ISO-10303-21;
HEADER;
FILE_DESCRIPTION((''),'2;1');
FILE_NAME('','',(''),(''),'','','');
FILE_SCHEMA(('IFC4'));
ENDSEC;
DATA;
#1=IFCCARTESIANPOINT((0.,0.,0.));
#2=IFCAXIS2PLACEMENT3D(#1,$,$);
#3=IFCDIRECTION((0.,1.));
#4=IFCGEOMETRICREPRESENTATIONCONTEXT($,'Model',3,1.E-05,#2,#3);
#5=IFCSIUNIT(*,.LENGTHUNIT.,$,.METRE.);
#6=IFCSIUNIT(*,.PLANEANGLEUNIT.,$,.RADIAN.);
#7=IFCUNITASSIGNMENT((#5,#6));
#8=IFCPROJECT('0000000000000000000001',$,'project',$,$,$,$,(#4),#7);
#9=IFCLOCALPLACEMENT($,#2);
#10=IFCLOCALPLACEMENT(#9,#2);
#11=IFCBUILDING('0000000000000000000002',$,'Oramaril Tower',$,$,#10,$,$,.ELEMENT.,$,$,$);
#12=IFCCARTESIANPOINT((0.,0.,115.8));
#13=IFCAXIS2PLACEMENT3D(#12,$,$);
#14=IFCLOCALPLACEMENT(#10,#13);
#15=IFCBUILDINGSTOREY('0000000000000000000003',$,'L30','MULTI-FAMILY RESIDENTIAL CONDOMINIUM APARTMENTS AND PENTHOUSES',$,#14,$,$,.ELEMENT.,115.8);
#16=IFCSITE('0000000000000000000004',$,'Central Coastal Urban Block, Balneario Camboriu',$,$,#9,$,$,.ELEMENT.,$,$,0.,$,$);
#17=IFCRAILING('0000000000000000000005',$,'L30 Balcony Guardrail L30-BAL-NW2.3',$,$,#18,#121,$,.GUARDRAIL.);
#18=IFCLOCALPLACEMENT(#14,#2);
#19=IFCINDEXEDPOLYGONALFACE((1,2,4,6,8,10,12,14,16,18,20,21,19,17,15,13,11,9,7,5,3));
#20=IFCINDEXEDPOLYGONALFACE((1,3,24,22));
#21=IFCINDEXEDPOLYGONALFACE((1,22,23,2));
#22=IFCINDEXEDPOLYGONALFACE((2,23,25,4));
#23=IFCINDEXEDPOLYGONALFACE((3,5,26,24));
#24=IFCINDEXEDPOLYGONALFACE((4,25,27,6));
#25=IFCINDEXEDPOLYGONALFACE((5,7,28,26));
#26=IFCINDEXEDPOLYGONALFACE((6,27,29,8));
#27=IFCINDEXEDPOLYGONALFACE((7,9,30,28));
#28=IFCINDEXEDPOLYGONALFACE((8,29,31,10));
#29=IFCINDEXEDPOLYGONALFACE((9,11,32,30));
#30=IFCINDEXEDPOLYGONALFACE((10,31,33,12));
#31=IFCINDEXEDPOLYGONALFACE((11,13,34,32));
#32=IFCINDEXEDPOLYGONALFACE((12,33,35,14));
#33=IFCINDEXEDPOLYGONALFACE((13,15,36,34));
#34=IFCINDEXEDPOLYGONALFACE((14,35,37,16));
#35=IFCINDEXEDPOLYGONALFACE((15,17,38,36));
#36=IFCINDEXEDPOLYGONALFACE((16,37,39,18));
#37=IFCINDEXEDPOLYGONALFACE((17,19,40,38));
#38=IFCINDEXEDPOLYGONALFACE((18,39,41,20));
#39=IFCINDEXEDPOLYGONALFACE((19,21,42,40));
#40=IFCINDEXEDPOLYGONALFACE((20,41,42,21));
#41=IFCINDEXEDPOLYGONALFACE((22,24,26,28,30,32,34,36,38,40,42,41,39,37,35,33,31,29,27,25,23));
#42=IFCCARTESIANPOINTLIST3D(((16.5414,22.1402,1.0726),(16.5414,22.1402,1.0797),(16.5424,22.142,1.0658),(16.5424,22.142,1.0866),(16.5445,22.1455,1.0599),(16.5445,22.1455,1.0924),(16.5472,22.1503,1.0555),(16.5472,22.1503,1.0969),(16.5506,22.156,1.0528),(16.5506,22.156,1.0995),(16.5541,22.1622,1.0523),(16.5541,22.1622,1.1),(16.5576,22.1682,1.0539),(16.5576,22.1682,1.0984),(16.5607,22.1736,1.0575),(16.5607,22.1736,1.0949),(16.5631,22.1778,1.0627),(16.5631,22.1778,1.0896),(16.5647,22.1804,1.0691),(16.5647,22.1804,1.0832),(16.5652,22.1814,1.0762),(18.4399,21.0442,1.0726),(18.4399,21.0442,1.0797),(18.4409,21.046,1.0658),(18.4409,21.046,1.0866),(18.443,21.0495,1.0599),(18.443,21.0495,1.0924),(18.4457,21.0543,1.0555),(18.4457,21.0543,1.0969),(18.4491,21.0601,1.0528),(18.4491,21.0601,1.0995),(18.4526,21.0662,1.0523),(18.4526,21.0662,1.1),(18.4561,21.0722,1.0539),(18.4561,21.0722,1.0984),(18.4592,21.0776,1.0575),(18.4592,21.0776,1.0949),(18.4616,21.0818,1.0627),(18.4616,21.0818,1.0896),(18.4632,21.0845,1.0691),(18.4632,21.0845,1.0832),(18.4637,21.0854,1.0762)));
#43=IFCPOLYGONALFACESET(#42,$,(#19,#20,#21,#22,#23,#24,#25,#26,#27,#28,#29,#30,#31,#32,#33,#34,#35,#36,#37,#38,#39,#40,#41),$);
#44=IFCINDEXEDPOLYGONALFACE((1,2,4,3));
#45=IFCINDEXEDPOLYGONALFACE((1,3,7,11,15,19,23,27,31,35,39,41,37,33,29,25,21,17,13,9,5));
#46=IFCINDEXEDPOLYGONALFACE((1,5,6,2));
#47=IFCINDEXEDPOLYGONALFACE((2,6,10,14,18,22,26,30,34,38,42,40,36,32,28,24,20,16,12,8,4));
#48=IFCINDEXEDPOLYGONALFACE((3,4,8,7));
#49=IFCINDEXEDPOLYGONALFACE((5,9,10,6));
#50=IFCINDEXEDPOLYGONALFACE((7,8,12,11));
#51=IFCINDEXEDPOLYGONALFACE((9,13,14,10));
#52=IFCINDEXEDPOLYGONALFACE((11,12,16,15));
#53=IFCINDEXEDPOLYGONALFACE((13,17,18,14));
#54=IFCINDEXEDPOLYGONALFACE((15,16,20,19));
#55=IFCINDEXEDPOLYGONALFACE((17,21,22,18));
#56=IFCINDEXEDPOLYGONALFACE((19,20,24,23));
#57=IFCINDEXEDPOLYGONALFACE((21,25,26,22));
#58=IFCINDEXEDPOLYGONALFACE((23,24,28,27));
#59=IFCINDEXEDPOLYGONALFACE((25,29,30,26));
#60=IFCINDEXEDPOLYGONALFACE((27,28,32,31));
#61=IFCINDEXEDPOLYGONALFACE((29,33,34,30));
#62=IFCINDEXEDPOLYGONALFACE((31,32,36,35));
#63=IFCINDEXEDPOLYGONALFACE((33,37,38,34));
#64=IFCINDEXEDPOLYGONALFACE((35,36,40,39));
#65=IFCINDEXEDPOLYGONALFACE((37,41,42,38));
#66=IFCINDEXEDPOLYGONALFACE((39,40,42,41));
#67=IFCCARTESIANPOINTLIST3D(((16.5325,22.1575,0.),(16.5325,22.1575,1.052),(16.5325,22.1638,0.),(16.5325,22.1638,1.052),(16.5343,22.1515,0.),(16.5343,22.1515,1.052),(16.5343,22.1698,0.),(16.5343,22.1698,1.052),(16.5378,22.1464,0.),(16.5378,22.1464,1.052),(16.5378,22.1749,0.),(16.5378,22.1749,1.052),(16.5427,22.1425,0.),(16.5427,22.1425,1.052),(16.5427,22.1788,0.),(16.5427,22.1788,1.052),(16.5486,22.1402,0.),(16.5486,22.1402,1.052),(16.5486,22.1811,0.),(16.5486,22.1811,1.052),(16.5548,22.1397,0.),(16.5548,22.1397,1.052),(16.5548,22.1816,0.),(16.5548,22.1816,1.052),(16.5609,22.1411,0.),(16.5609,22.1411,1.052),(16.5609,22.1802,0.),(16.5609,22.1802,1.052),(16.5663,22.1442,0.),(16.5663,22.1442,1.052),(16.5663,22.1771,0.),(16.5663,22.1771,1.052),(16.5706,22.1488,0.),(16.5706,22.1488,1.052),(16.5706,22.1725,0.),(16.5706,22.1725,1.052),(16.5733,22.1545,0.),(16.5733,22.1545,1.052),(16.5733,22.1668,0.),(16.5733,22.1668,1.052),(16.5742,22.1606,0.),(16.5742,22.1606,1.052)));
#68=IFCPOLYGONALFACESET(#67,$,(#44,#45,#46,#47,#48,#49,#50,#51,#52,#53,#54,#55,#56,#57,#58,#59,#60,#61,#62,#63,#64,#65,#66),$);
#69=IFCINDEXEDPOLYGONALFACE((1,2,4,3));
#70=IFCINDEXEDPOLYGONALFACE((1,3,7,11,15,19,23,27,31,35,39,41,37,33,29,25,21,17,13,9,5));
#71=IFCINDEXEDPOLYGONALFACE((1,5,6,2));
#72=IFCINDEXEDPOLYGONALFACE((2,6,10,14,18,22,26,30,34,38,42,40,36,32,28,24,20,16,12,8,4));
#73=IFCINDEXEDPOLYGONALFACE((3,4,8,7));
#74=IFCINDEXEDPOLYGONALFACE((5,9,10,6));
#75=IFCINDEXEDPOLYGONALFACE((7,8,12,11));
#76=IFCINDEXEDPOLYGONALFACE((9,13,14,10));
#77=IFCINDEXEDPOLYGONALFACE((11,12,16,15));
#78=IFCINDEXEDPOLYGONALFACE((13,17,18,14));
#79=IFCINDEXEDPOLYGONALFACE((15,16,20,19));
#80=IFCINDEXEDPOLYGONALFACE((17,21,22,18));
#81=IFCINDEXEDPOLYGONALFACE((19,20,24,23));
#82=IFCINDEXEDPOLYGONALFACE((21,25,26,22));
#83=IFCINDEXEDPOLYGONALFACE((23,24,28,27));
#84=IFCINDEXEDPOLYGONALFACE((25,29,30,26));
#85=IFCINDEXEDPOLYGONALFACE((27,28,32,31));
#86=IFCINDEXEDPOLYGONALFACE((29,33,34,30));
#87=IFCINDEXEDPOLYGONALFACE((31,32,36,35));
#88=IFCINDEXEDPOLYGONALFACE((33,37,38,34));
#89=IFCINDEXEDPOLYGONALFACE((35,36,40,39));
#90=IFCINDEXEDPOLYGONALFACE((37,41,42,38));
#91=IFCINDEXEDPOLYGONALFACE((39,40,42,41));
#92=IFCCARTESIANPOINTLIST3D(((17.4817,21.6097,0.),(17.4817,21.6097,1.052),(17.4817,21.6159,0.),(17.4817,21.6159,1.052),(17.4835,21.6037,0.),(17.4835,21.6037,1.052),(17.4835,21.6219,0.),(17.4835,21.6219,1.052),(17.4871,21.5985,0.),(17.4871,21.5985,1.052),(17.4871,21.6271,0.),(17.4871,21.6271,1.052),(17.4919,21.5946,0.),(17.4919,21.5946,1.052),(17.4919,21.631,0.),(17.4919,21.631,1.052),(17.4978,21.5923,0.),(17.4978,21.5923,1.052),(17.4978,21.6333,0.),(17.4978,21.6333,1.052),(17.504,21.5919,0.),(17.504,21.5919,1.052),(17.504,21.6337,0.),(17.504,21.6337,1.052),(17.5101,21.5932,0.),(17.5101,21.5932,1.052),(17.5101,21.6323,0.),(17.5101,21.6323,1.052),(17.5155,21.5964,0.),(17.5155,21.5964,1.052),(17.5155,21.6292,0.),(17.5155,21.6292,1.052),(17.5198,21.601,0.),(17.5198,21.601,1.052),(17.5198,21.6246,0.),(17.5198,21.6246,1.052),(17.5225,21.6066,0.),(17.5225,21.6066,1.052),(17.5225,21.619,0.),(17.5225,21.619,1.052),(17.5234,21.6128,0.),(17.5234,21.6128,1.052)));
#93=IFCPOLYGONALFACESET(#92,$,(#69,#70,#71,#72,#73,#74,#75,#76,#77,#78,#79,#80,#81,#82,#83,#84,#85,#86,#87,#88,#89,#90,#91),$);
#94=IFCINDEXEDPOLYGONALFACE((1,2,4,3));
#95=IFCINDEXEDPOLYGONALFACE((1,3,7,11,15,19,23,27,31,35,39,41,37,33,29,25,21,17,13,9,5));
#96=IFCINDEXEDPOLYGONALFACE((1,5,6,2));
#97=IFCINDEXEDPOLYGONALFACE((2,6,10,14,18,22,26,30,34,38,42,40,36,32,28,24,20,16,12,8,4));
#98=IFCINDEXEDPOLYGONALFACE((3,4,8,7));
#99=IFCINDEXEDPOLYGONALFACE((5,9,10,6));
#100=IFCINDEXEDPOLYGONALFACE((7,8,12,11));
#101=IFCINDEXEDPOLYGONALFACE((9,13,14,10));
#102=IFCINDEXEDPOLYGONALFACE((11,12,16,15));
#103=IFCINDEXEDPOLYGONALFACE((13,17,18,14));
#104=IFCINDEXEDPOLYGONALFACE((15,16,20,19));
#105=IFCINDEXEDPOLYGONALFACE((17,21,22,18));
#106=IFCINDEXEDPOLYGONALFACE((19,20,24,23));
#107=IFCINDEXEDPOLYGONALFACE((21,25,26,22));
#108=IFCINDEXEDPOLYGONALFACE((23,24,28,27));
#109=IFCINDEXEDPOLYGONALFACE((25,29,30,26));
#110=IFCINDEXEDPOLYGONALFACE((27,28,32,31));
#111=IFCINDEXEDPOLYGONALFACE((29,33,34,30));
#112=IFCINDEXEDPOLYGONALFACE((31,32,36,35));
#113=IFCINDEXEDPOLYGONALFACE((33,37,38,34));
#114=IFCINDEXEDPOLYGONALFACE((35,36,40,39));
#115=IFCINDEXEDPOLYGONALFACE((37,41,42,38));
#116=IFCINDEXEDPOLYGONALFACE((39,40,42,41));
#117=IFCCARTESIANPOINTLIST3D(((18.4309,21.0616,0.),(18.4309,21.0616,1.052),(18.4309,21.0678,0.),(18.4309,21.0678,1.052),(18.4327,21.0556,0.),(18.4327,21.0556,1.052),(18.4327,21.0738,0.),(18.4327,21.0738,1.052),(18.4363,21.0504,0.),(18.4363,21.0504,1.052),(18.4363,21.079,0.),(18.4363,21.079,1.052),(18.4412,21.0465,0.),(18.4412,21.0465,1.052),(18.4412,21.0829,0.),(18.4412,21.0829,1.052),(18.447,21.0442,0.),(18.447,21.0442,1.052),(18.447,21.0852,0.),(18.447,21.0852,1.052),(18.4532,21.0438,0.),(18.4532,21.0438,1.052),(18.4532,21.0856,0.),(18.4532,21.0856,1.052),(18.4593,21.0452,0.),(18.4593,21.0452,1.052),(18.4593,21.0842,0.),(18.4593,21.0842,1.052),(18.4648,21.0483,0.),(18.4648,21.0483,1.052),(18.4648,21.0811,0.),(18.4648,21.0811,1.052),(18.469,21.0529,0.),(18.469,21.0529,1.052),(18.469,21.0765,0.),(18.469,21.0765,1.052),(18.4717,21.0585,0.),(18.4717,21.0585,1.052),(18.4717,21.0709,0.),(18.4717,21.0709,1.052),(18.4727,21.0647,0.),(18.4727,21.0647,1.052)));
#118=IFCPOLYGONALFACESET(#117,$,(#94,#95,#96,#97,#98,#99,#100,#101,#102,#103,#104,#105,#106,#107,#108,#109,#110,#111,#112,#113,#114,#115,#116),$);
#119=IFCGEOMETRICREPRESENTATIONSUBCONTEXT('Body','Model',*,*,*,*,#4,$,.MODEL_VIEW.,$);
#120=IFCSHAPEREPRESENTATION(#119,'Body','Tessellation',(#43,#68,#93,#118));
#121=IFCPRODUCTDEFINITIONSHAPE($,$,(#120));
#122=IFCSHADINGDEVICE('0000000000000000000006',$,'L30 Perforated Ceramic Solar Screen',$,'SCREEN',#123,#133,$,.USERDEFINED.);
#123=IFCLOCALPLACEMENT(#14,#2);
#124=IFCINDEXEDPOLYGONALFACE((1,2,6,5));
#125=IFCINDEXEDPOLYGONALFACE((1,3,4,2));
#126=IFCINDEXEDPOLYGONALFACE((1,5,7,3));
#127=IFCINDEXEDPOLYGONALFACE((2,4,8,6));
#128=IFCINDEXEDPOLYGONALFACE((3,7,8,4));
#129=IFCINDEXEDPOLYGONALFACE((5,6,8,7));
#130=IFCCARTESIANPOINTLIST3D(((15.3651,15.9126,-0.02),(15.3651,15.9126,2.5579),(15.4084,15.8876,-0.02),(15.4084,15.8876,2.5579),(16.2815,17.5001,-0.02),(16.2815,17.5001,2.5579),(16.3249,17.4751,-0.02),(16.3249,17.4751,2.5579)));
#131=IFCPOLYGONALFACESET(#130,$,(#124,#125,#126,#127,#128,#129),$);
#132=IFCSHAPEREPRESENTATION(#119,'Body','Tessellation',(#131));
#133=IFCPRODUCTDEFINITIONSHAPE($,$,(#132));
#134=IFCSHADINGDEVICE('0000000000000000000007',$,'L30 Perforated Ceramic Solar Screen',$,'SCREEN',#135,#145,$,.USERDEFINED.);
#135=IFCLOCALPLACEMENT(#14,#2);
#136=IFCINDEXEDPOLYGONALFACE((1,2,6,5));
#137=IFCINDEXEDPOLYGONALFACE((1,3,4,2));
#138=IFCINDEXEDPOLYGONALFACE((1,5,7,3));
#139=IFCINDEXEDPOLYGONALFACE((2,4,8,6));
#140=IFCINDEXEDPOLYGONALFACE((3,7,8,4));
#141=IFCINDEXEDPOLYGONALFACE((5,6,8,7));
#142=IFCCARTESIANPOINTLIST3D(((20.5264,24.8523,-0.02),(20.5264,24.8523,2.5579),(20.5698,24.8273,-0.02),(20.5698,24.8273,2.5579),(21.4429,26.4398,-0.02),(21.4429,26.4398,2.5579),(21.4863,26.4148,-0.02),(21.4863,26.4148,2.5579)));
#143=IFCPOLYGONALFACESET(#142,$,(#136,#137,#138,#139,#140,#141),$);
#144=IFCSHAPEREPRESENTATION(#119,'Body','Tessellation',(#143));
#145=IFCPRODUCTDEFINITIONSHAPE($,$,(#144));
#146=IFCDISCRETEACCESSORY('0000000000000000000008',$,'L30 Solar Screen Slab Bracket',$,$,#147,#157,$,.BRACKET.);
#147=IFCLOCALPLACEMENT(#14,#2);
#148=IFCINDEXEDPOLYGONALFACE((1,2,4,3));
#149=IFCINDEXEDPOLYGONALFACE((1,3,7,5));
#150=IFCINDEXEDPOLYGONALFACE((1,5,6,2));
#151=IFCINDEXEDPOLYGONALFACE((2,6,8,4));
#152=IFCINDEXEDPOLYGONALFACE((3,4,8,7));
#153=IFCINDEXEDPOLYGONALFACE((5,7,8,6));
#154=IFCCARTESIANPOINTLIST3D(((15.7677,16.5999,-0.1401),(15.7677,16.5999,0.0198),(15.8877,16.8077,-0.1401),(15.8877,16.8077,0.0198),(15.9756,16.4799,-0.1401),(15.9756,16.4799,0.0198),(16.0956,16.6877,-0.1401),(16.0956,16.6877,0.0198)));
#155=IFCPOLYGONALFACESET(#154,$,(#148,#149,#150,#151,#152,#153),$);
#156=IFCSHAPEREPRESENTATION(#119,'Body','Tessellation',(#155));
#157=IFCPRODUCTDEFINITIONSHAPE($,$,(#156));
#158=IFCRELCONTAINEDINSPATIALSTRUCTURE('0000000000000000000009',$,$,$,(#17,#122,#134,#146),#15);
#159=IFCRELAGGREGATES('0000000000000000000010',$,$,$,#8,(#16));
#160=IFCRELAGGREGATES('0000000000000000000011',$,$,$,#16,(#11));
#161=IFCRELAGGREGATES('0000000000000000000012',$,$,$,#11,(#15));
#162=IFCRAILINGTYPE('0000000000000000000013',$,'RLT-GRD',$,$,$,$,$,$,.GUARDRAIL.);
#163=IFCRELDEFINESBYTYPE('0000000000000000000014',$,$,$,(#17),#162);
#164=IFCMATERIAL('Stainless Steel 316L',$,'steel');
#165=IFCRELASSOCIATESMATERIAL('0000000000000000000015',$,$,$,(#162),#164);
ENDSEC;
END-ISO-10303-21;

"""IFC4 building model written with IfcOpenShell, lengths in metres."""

from ifc_helpers import new_model, si_unit, direction, frame, origin, origin_2d, place, context, subcontext, project, spatial, rectangle, circle, extrude, material, type_object, element, save


model = new_model("IFC4")

# Units and contexts
model_context = context("Model", 3, precision=1e-05, world=origin(), true_north=direction((0.0, 1.0)))
body_context = subcontext(model_context, "Body", "Model", "MODEL_VIEW")
ifc_project = project(units=[si_unit("LENGTHUNIT", "METRE"), si_unit("PLANEANGLEUNIT", "RADIAN")], contexts=[model_context])

# Site, building, storey
site_placement = place(None, origin())
site = spatial("IfcSite", under=ifc_project, at=site_placement, Name="Central Coastal Urban Block, Balneario Camboriu", CompositionType="ELEMENT", RefElevation=0.0)
building_placement = place(site_placement, origin())
building = spatial("IfcBuilding", under=site, at=building_placement, Name="Oramaril Tower", CompositionType="ELEMENT")
storey_placement = place(building_placement, frame((0.0, 0.0, 115.8)))
storey = spatial("IfcBuildingStorey", under=building, at=storey_placement, Name="L30", Description="MULTI-FAMILY RESIDENTIAL CONDOMINIUM APARTMENTS AND PENTHOUSES", CompositionType="ELEMENT", Elevation=115.8)

# Railing
ifc_material_1 = material(Name="Stainless Steel 316L", Category="steel")
railing_type = type_object("IfcRailingType", Name="RLT-GRD", PredefinedType="GUARDRAIL", material=ifc_material_1)
railing_1_placement = place(storey_placement, frame((16.5532, 22.1606, 0.0)))
element("IfcRailing", 1, at=railing_1_placement, inside=storey, type_object=railing_type, Name="L30 Balcony Guardrail L30-BAL-NW2.3", PredefinedType="GUARDRAIL", context=body_context, shape_type="SweptSolid", body=[
    extrude(circle(Radius=0.0239, at=origin_2d()), frame((0.0, 0.0, 1.0762), z_axis=(0.866048, -0.49996, 0.0), x_axis=(0.49996, 0.866048, 0.0)), (0.0, 0.0, 1.0), 2.1921),
    extrude(circle(Radius=0.021, at=origin_2d()), origin(), (0.0, 0.0, 1.0), 1.052),
    extrude(circle(Radius=0.021, at=origin_2d()), frame((0.9492, -0.5479, 0.0)), (0.0, 0.0, 1.0), 1.052),
    extrude(circle(Radius=0.021, at=origin_2d()), frame((1.8984, -1.0959, 0.0)), (0.0, 0.0, 1.0), 1.052),
])

# Shading devices
for number, where, z_axis, x_axis, name in (
    (2, (15.845, 16.6938, -0.02), (0.0, 0.0, 1.0), (-0.499995, -0.866028, 0.0), "L30 Perforated Ceramic Solar Screen"),
    (3, (21.0063, 25.6335, -0.02), (0.0, 0.0, 1.0), (-0.499995, -0.866028, 0.0), "L30 Perforated Ceramic Solar Screen"),
):
    element("IfcShadingDevice", number, at=place(storey_placement, frame(where, z_axis=z_axis, x_axis=x_axis)), inside=storey, Name=name, ObjectType="SCREEN", PredefinedType="USERDEFINED", context=body_context, shape_type="SweptSolid", body=[
        extrude(rectangle(XDim=1.833, YDim=0.05, at=origin_2d()), origin(), (0.0, 0.0, 1.0), 2.5779),
    ])

# Discrete accessory
discrete_accessory_placement = place(storey_placement, frame((15.9316, 16.6438, -0.1401), z_axis=(0.0, 0.0, 1.0), x_axis=(-0.499995, -0.866028, 0.0)))
element("IfcDiscreteAccessory", 4, at=discrete_accessory_placement, inside=storey, Name="L30 Solar Screen Slab Bracket", PredefinedType="BRACKET", context=body_context, shape_type="SweptSolid", body=[
    extrude(rectangle(XDim=0.24, YDim=0.24, at=origin_2d()), origin(), (0.0, 0.0, 1.0), 0.1599),
])

save(model, "model.ifc")
